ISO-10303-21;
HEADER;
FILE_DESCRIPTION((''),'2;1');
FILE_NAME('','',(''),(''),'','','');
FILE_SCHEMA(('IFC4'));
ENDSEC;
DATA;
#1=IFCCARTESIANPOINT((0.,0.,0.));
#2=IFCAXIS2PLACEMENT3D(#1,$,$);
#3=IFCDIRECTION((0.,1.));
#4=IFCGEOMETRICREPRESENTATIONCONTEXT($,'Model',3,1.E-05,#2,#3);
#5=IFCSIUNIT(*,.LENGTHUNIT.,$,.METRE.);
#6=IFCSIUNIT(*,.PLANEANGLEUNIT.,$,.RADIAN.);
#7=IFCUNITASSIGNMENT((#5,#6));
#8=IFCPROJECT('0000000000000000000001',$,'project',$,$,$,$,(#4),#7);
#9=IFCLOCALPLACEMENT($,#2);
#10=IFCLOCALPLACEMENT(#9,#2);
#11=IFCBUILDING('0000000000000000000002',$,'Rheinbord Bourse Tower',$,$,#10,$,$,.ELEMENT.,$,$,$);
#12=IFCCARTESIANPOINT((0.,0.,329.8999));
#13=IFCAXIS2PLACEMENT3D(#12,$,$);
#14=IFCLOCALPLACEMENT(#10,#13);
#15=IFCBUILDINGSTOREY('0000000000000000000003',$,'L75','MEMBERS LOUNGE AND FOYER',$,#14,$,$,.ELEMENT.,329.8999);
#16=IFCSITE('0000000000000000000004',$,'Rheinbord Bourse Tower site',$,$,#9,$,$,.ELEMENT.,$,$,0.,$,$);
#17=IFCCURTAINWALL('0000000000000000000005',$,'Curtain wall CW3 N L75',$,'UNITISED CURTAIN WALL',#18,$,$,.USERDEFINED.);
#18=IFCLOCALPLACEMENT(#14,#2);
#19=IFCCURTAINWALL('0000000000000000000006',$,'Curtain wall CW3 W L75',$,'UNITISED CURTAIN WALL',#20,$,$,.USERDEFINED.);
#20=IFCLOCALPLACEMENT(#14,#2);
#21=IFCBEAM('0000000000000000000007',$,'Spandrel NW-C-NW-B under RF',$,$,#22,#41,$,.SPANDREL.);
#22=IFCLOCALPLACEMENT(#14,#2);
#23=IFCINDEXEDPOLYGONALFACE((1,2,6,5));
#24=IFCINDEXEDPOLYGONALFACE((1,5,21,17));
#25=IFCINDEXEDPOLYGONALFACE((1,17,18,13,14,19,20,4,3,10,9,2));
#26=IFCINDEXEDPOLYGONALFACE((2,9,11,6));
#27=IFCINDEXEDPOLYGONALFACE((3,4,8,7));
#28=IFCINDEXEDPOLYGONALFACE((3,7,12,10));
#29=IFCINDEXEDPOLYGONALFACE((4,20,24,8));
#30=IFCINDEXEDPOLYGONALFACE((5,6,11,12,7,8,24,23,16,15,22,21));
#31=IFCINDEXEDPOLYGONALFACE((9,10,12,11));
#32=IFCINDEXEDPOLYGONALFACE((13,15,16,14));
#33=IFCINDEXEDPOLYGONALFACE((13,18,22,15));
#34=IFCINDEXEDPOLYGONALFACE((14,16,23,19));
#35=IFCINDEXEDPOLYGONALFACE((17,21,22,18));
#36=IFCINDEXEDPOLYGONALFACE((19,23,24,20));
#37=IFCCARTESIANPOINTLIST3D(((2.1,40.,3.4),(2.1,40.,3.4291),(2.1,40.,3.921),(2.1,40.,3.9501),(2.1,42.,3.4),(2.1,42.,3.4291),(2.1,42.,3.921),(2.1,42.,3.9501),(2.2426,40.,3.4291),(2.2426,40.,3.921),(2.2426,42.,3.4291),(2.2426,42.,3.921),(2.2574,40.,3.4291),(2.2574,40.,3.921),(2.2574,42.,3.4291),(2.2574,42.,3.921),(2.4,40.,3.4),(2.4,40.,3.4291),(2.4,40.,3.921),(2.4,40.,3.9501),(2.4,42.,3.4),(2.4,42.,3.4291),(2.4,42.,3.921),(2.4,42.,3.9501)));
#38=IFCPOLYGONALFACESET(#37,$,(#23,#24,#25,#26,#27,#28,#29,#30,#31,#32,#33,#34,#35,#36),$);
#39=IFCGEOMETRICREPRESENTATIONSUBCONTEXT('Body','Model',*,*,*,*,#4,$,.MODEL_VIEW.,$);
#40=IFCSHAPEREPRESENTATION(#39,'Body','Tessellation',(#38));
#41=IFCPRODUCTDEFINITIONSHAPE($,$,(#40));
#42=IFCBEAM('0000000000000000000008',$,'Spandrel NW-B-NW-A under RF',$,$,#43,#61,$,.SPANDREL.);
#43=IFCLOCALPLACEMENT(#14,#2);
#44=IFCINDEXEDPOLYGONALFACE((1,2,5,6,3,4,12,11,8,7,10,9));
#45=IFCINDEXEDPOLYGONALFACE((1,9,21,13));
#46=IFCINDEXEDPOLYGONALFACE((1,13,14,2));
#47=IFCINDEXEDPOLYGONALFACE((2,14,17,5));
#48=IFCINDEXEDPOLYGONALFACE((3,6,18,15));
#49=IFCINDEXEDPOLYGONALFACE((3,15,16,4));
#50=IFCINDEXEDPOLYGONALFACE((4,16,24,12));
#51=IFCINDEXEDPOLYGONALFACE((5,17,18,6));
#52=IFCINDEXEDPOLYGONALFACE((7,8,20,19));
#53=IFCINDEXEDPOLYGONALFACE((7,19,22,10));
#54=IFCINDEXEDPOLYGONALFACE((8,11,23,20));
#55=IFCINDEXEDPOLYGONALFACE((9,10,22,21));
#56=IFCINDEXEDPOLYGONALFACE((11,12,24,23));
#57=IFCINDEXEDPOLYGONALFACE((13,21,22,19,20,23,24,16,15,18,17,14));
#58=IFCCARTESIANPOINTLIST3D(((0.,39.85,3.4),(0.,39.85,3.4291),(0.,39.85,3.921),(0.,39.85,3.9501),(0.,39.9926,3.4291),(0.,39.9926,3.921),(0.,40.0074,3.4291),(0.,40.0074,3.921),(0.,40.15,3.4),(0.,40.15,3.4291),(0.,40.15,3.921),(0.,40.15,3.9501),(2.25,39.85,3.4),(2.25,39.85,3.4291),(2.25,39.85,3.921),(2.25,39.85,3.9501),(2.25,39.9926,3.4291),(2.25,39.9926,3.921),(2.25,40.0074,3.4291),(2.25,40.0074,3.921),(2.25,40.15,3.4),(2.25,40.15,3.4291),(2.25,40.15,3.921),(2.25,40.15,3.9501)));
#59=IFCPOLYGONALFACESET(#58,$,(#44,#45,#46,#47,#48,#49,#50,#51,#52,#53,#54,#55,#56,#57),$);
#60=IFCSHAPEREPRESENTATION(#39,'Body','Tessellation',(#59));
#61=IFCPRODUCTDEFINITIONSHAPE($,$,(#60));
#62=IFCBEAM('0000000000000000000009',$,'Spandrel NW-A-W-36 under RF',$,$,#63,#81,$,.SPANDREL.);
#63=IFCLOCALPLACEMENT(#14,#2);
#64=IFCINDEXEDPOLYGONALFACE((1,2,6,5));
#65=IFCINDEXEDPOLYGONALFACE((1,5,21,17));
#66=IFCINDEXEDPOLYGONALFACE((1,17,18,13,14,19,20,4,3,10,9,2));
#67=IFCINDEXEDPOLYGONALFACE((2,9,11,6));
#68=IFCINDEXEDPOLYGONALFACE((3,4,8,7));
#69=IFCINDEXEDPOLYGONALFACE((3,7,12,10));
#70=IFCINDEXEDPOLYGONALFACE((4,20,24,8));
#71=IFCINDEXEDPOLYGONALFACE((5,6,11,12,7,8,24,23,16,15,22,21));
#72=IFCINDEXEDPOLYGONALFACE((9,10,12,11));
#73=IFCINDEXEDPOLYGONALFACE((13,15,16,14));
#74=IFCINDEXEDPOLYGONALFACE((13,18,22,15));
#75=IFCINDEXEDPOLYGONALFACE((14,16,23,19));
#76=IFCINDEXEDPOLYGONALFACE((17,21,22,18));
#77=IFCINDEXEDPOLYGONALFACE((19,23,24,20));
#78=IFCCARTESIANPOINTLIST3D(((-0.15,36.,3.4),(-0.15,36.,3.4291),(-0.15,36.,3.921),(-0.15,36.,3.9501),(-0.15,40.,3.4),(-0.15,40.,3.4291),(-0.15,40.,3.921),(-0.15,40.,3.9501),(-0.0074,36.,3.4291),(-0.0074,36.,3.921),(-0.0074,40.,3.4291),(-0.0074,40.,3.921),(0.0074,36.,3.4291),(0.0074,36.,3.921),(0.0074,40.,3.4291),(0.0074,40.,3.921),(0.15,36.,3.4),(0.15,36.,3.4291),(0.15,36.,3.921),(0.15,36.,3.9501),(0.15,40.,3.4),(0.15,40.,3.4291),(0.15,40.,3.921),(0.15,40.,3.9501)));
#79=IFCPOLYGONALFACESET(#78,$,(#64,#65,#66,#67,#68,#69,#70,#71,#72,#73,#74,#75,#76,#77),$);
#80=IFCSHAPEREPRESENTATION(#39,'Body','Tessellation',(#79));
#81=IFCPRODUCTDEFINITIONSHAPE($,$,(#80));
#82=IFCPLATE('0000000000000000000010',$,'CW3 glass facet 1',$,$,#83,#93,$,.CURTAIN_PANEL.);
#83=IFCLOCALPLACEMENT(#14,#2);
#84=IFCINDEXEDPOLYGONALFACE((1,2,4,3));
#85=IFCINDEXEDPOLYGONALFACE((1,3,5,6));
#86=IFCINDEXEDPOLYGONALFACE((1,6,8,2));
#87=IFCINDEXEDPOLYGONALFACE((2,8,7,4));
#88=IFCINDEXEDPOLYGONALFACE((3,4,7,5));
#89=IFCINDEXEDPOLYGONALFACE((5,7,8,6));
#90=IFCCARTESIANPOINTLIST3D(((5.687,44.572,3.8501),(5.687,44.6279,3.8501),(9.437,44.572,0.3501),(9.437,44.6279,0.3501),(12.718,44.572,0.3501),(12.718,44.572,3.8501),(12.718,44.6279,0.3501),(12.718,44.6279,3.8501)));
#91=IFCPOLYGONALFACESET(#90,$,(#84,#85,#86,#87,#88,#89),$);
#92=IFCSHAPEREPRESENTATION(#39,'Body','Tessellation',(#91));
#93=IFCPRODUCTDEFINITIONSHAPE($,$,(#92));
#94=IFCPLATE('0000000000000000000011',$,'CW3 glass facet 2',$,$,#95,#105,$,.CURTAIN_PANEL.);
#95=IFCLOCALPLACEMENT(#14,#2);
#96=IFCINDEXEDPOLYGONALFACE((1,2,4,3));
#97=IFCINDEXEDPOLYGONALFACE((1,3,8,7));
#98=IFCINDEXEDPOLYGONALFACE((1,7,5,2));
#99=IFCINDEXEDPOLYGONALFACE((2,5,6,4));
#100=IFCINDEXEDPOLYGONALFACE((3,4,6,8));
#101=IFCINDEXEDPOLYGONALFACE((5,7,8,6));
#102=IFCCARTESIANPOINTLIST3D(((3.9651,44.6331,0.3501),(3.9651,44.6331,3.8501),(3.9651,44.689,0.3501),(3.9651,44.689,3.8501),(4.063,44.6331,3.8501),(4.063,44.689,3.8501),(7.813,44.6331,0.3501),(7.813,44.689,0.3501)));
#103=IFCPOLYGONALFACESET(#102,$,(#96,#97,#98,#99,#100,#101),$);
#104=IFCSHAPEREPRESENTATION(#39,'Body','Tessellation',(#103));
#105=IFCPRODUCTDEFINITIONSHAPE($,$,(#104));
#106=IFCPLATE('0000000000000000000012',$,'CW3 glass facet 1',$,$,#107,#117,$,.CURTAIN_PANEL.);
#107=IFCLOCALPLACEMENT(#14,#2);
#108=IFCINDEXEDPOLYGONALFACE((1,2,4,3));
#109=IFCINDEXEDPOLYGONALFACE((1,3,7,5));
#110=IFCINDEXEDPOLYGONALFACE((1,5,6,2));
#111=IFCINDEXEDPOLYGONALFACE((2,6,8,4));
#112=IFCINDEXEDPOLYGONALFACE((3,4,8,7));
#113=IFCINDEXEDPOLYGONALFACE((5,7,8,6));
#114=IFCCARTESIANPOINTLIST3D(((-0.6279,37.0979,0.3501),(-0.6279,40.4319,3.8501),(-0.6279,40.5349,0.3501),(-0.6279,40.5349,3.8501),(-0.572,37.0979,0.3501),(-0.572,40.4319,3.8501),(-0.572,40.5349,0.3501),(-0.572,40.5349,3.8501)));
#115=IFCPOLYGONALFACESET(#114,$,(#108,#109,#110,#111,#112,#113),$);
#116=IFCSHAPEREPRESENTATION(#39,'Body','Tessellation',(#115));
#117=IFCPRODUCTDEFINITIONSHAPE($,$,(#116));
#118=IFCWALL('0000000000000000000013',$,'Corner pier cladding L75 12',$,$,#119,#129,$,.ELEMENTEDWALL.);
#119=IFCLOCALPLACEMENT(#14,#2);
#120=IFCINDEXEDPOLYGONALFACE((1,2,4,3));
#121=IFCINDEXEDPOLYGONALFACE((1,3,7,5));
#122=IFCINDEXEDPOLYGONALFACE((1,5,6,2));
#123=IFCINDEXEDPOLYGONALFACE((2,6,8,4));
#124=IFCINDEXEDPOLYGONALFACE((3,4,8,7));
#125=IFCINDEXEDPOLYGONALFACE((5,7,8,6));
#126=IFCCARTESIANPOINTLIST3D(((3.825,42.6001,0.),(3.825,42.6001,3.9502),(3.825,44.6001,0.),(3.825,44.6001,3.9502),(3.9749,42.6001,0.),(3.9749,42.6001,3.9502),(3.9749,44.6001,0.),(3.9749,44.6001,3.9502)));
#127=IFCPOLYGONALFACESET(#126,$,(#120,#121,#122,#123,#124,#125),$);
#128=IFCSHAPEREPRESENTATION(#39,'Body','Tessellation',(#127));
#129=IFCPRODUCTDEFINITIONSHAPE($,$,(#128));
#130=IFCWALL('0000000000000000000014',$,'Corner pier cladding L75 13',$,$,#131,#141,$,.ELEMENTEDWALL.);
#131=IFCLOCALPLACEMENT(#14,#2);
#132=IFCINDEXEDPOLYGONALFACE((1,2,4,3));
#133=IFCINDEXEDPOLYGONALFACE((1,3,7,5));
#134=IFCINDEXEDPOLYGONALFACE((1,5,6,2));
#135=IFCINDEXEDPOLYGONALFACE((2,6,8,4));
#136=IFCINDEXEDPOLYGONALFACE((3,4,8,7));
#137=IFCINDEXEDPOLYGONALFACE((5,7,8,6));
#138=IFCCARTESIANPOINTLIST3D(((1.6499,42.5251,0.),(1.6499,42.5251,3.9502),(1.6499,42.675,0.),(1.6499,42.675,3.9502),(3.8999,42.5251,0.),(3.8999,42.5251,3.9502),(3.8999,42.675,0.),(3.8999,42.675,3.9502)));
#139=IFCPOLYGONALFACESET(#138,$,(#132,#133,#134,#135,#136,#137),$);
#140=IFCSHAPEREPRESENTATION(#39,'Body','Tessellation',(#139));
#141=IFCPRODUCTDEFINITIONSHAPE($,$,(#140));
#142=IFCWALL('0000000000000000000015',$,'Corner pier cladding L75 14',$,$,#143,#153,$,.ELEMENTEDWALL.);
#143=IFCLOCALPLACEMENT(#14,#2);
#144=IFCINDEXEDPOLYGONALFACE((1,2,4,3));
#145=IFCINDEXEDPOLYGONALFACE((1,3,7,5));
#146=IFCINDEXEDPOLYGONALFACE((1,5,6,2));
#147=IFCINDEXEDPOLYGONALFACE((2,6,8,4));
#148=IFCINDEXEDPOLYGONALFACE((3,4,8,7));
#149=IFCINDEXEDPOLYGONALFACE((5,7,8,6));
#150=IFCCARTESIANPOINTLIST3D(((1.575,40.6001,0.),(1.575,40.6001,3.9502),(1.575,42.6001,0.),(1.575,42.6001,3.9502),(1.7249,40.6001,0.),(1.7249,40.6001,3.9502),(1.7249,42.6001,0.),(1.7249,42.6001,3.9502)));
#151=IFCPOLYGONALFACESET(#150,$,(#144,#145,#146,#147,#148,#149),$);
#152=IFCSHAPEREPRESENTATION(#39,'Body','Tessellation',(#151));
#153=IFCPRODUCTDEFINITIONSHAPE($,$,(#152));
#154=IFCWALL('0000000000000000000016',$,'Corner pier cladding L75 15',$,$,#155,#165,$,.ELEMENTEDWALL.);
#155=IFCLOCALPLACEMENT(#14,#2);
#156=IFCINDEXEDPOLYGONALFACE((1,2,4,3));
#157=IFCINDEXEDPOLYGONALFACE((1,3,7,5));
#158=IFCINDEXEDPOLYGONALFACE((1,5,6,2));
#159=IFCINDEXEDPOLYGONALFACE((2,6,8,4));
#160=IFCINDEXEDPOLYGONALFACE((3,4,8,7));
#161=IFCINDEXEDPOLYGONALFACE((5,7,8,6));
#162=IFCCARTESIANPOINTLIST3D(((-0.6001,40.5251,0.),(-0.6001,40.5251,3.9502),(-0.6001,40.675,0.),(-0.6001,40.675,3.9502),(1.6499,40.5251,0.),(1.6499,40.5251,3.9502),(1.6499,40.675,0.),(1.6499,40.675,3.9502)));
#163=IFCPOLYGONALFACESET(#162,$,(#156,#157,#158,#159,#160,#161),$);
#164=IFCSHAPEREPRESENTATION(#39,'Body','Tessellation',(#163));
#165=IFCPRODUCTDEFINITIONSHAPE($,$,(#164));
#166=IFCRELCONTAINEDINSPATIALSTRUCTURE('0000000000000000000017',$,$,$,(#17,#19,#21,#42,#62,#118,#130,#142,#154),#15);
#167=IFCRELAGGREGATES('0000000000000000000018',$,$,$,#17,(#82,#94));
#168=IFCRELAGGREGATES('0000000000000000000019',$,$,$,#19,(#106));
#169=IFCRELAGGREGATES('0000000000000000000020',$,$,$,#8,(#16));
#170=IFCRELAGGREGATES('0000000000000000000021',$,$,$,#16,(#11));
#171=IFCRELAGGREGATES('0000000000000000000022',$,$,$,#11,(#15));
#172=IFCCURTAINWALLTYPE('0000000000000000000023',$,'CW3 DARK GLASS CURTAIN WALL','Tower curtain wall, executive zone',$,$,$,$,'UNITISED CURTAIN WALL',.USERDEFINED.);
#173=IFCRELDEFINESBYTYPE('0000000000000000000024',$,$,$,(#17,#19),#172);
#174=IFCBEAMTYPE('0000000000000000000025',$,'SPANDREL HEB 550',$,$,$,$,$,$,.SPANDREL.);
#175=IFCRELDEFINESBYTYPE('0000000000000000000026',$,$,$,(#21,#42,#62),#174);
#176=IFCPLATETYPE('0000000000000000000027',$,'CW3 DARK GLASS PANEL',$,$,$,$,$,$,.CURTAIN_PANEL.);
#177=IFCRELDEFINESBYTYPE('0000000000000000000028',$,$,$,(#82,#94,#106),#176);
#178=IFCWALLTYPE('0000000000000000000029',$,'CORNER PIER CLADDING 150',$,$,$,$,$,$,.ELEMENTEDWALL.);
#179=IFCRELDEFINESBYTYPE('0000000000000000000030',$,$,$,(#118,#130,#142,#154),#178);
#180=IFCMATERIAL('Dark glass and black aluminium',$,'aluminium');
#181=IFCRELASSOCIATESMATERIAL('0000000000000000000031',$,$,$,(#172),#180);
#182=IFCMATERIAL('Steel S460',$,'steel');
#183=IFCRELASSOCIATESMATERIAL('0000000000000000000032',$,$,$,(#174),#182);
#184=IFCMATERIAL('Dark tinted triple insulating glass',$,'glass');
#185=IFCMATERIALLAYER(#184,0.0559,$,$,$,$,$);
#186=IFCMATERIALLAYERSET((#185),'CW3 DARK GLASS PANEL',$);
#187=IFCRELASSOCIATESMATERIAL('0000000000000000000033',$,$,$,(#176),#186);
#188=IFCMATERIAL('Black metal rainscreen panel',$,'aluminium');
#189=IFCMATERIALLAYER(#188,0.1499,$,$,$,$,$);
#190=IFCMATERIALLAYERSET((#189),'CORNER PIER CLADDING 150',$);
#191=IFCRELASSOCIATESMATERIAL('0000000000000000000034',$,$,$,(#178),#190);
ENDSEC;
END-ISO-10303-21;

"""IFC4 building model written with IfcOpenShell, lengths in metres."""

from ifc_helpers import new_model, si_unit, direction, frame, frame_2d, origin, origin_2d, place, context, subcontext, project, spatial, polyline, rectangle, i_section, outline, extrude, material, layer, layer_set, material_profile, profile_set, type_object, element, aggregate, save


model = new_model("IFC4")

# Units and contexts
model_context = context("Model", 3, precision=1e-05, world=origin(), true_north=direction((0.0, 1.0)))
body_context = subcontext(model_context, "Body", "Model", "MODEL_VIEW")
ifc_project = project(units=[si_unit("LENGTHUNIT", "METRE"), si_unit("PLANEANGLEUNIT", "RADIAN")], contexts=[model_context])

# Site, building, storey
site_placement = place(None, origin())
site = spatial("IfcSite", under=ifc_project, at=site_placement, Name="Rheinbord Bourse Tower site", CompositionType="ELEMENT", RefElevation=0.0)
building_placement = place(site_placement, origin())
building = spatial("IfcBuilding", under=site, at=building_placement, Name="Rheinbord Bourse Tower", CompositionType="ELEMENT")
storey_placement = place(building_placement, frame((0.0, 0.0, 329.8999)))
storey = spatial("IfcBuildingStorey", under=building, at=storey_placement, Name="L75", Description="MEMBERS LOUNGE AND FOYER", CompositionType="ELEMENT", Elevation=329.8999)

# Curtain wall
ifc_material_1 = material(Name="Dark glass and black aluminium", Category="aluminium")
curtain_wall_type = type_object("IfcCurtainWallType", Name="CW3 DARK GLASS CURTAIN WALL", Description="Tower curtain wall, executive zone", ElementType="UNITISED CURTAIN WALL", PredefinedType="USERDEFINED", material=ifc_material_1)
curtain_wall_1_placement = place(storey_placement, origin())
curtain_wall_1 = element("IfcCurtainWall", 1, at=curtain_wall_1_placement, inside=storey, type_object=curtain_wall_type, Name="Curtain wall CW3 N L75", ObjectType="UNITISED CURTAIN WALL", PredefinedType="USERDEFINED")

# Curtain wall
curtain_wall_2_placement = place(storey_placement, origin())
curtain_wall_2 = element("IfcCurtainWall", 2, at=curtain_wall_2_placement, inside=storey, type_object=curtain_wall_type, Name="Curtain wall CW3 W L75", ObjectType="UNITISED CURTAIN WALL", PredefinedType="USERDEFINED")

# Beams
ifc_material_2 = material(Name="Steel S460", Category="steel")
ifc_material_profile_1 = material_profile(ifc_material_2, i_section(OverallWidth=0.3, OverallDepth=0.55, WebThickness=0.0149, FlangeThickness=0.0291, at=origin_2d()), Name="HEB 550")
ifc_profile_set_1 = profile_set([ifc_material_profile_1], Name="Steel S460")
beam_type_1 = type_object("IfcBeamType", Name="SPANDREL HEB 550", PredefinedType="SPANDREL", material=ifc_profile_set_1)
beam_1_placement = place(storey_placement, frame((2.25, 42.0, 3.675), z_axis=(0.0, -1.0, 0.0), x_axis=(1.0, 0.0, 0.0)))
element("IfcBeam", 3, at=beam_1_placement, inside=storey, type_object=beam_type_1, Name="Spandrel NW-C-NW-B under RF", PredefinedType="SPANDREL", context=body_context, shape_type="SweptSolid", body=[
    extrude(i_section(OverallWidth=0.3, OverallDepth=0.55, WebThickness=0.0149, FlangeThickness=0.0291, at=origin_2d()), origin(), (0.0, 0.0, 1.0), 2.0),
])
beam_2_placement = place(storey_placement, frame((2.25, 40.0, 3.675), z_axis=(-1.0, 0.0, 0.0), x_axis=(0.0, -1.0, 0.0)))
element("IfcBeam", 4, at=beam_2_placement, inside=storey, type_object=beam_type_1, Name="Spandrel NW-B-NW-A under RF", PredefinedType="SPANDREL", context=body_context, shape_type="SweptSolid", body=[
    extrude(i_section(OverallWidth=0.3, OverallDepth=0.55, WebThickness=0.0149, FlangeThickness=0.0291, at=origin_2d()), origin(), (0.0, 0.0, 1.0), 2.25),
])
beam_3_placement = place(storey_placement, frame((0.0, 40.0, 3.675), z_axis=(0.0, -1.0, 0.0), x_axis=(1.0, 0.0, 0.0)))
element("IfcBeam", 5, at=beam_3_placement, inside=storey, type_object=beam_type_1, Name="Spandrel NW-A-W-36 under RF", PredefinedType="SPANDREL", context=body_context, shape_type="SweptSolid", body=[
    extrude(i_section(OverallWidth=0.3, OverallDepth=0.55, WebThickness=0.0149, FlangeThickness=0.0291, at=origin_2d()), origin(), (0.0, 0.0, 1.0), 4.0),
])

# Plates
ifc_material_3 = material(Name="Dark tinted triple insulating glass", Category="glass")
ifc_layer_1 = layer(ifc_material_3, 0.0559)
ifc_layer_set_1 = layer_set([ifc_layer_1], Name="CW3 DARK GLASS PANEL")
plate_type = type_object("IfcPlateType", Name="CW3 DARK GLASS PANEL", PredefinedType="CURTAIN_PANEL", material=ifc_layer_set_1)
plate_1_placement = place(storey_placement, frame((12.718, 44.6279, 0.3501), z_axis=(0.0, -1.0, 0.0), x_axis=(0.0, 0.0, 1.0)))
plate_1 = element("IfcPlate", 6, at=plate_1_placement, type_object=plate_type, Name="CW3 glass facet 1", PredefinedType="CURTAIN_PANEL", context=body_context, shape_type="SweptSolid", body=[
    extrude(outline(polyline([(0.0, 0.0), (3.5, 0.0), (3.5, 7.031), (0.0, 3.281), (0.0, 0.0)])), origin(), (0.0, 0.0, 1.0), 0.0559),
])
plate_2_placement = place(storey_placement, frame((3.9651, 44.689, 3.8501), z_axis=(0.0, -1.0, 0.0), x_axis=(0.0, 0.0, -1.0)))
plate_2 = element("IfcPlate", 7, at=plate_2_placement, type_object=plate_type, Name="CW3 glass facet 2", PredefinedType="CURTAIN_PANEL", context=body_context, shape_type="SweptSolid", body=[
    extrude(outline(polyline([(0.0, 0.0), (3.5, 0.0), (3.5, 3.8479), (0.0, 0.0979), (0.0, 0.0)])), origin(), (0.0, 0.0, 1.0), 0.0559),
])
aggregate(curtain_wall_1, [plate_1, plate_2])
plate_3_placement = place(storey_placement, frame((-0.6279, 40.5349, 0.3501), z_axis=(1.0, 0.0, 0.0), x_axis=(0.0, 0.0, 1.0)))
plate_3 = element("IfcPlate", 8, at=plate_3_placement, type_object=plate_type, Name="CW3 glass facet 1", PredefinedType="CURTAIN_PANEL", context=body_context, shape_type="SweptSolid", body=[
    extrude(outline(polyline([(0.0, 0.0), (3.5, 0.0), (3.5, 0.103), (0.0, 3.437), (0.0, 0.0)])), origin(), (0.0, 0.0, 1.0), 0.0559),
])
aggregate(curtain_wall_2, [plate_3])

# Walls
ifc_material_4 = material(Name="Black metal rainscreen panel", Category="aluminium")
ifc_layer_2 = layer(ifc_material_4, 0.1499)
ifc_layer_set_2 = layer_set([ifc_layer_2], Name="CORNER PIER CLADDING 150")
wall_type = type_object("IfcWallType", Name="CORNER PIER CLADDING 150", PredefinedType="ELEMENTEDWALL", material=ifc_layer_set_2)
wall_1_placement = place(storey_placement, frame((3.8999, 44.6001, 0.0), z_axis=(0.0, 0.0, 1.0), x_axis=(0.0, -1.0, 0.0)))
element("IfcWall", 9, at=wall_1_placement, inside=storey, type_object=wall_type, Name="Corner pier cladding L75 12", PredefinedType="ELEMENTEDWALL", context=body_context, shape_type="SweptSolid", body=[
    extrude(rectangle(XDim=2.0, YDim=0.1499, at=frame_2d((1.0, 0.0))), origin(), (0.0, 0.0, 1.0), 3.9502),
])
wall_2_placement = place(storey_placement, frame((3.8999, 42.6001, 0.0), z_axis=(0.0, 0.0, 1.0), x_axis=(-1.0, 0.0, 0.0)))
element("IfcWall", 10, at=wall_2_placement, inside=storey, type_object=wall_type, Name="Corner pier cladding L75 13", PredefinedType="ELEMENTEDWALL", context=body_context, shape_type="SweptSolid", body=[
    extrude(rectangle(XDim=2.25, YDim=0.1499, at=frame_2d((1.125, 0.0))), origin(), (0.0, 0.0, 1.0), 3.9502),
])
wall_3_placement = place(storey_placement, frame((1.6499, 42.6001, 0.0), z_axis=(0.0, 0.0, 1.0), x_axis=(0.0, -1.0, 0.0)))
element("IfcWall", 11, at=wall_3_placement, inside=storey, type_object=wall_type, Name="Corner pier cladding L75 14", PredefinedType="ELEMENTEDWALL", context=body_context, shape_type="SweptSolid", body=[
    extrude(rectangle(XDim=2.0, YDim=0.1499, at=frame_2d((1.0, 0.0))), origin(), (0.0, 0.0, 1.0), 3.9502),
])
wall_4_placement = place(storey_placement, frame((1.6499, 40.6001, 0.0), z_axis=(0.0, 0.0, 1.0), x_axis=(-1.0, 0.0, 0.0)))
element("IfcWall", 12, at=wall_4_placement, inside=storey, type_object=wall_type, Name="Corner pier cladding L75 15", PredefinedType="ELEMENTEDWALL", context=body_context, shape_type="SweptSolid", body=[
    extrude(rectangle(XDim=2.25, YDim=0.1499, at=frame_2d((1.125, 0.0))), origin(), (0.0, 0.0, 1.0), 3.9502),
])

save(model, "model.ifc")
